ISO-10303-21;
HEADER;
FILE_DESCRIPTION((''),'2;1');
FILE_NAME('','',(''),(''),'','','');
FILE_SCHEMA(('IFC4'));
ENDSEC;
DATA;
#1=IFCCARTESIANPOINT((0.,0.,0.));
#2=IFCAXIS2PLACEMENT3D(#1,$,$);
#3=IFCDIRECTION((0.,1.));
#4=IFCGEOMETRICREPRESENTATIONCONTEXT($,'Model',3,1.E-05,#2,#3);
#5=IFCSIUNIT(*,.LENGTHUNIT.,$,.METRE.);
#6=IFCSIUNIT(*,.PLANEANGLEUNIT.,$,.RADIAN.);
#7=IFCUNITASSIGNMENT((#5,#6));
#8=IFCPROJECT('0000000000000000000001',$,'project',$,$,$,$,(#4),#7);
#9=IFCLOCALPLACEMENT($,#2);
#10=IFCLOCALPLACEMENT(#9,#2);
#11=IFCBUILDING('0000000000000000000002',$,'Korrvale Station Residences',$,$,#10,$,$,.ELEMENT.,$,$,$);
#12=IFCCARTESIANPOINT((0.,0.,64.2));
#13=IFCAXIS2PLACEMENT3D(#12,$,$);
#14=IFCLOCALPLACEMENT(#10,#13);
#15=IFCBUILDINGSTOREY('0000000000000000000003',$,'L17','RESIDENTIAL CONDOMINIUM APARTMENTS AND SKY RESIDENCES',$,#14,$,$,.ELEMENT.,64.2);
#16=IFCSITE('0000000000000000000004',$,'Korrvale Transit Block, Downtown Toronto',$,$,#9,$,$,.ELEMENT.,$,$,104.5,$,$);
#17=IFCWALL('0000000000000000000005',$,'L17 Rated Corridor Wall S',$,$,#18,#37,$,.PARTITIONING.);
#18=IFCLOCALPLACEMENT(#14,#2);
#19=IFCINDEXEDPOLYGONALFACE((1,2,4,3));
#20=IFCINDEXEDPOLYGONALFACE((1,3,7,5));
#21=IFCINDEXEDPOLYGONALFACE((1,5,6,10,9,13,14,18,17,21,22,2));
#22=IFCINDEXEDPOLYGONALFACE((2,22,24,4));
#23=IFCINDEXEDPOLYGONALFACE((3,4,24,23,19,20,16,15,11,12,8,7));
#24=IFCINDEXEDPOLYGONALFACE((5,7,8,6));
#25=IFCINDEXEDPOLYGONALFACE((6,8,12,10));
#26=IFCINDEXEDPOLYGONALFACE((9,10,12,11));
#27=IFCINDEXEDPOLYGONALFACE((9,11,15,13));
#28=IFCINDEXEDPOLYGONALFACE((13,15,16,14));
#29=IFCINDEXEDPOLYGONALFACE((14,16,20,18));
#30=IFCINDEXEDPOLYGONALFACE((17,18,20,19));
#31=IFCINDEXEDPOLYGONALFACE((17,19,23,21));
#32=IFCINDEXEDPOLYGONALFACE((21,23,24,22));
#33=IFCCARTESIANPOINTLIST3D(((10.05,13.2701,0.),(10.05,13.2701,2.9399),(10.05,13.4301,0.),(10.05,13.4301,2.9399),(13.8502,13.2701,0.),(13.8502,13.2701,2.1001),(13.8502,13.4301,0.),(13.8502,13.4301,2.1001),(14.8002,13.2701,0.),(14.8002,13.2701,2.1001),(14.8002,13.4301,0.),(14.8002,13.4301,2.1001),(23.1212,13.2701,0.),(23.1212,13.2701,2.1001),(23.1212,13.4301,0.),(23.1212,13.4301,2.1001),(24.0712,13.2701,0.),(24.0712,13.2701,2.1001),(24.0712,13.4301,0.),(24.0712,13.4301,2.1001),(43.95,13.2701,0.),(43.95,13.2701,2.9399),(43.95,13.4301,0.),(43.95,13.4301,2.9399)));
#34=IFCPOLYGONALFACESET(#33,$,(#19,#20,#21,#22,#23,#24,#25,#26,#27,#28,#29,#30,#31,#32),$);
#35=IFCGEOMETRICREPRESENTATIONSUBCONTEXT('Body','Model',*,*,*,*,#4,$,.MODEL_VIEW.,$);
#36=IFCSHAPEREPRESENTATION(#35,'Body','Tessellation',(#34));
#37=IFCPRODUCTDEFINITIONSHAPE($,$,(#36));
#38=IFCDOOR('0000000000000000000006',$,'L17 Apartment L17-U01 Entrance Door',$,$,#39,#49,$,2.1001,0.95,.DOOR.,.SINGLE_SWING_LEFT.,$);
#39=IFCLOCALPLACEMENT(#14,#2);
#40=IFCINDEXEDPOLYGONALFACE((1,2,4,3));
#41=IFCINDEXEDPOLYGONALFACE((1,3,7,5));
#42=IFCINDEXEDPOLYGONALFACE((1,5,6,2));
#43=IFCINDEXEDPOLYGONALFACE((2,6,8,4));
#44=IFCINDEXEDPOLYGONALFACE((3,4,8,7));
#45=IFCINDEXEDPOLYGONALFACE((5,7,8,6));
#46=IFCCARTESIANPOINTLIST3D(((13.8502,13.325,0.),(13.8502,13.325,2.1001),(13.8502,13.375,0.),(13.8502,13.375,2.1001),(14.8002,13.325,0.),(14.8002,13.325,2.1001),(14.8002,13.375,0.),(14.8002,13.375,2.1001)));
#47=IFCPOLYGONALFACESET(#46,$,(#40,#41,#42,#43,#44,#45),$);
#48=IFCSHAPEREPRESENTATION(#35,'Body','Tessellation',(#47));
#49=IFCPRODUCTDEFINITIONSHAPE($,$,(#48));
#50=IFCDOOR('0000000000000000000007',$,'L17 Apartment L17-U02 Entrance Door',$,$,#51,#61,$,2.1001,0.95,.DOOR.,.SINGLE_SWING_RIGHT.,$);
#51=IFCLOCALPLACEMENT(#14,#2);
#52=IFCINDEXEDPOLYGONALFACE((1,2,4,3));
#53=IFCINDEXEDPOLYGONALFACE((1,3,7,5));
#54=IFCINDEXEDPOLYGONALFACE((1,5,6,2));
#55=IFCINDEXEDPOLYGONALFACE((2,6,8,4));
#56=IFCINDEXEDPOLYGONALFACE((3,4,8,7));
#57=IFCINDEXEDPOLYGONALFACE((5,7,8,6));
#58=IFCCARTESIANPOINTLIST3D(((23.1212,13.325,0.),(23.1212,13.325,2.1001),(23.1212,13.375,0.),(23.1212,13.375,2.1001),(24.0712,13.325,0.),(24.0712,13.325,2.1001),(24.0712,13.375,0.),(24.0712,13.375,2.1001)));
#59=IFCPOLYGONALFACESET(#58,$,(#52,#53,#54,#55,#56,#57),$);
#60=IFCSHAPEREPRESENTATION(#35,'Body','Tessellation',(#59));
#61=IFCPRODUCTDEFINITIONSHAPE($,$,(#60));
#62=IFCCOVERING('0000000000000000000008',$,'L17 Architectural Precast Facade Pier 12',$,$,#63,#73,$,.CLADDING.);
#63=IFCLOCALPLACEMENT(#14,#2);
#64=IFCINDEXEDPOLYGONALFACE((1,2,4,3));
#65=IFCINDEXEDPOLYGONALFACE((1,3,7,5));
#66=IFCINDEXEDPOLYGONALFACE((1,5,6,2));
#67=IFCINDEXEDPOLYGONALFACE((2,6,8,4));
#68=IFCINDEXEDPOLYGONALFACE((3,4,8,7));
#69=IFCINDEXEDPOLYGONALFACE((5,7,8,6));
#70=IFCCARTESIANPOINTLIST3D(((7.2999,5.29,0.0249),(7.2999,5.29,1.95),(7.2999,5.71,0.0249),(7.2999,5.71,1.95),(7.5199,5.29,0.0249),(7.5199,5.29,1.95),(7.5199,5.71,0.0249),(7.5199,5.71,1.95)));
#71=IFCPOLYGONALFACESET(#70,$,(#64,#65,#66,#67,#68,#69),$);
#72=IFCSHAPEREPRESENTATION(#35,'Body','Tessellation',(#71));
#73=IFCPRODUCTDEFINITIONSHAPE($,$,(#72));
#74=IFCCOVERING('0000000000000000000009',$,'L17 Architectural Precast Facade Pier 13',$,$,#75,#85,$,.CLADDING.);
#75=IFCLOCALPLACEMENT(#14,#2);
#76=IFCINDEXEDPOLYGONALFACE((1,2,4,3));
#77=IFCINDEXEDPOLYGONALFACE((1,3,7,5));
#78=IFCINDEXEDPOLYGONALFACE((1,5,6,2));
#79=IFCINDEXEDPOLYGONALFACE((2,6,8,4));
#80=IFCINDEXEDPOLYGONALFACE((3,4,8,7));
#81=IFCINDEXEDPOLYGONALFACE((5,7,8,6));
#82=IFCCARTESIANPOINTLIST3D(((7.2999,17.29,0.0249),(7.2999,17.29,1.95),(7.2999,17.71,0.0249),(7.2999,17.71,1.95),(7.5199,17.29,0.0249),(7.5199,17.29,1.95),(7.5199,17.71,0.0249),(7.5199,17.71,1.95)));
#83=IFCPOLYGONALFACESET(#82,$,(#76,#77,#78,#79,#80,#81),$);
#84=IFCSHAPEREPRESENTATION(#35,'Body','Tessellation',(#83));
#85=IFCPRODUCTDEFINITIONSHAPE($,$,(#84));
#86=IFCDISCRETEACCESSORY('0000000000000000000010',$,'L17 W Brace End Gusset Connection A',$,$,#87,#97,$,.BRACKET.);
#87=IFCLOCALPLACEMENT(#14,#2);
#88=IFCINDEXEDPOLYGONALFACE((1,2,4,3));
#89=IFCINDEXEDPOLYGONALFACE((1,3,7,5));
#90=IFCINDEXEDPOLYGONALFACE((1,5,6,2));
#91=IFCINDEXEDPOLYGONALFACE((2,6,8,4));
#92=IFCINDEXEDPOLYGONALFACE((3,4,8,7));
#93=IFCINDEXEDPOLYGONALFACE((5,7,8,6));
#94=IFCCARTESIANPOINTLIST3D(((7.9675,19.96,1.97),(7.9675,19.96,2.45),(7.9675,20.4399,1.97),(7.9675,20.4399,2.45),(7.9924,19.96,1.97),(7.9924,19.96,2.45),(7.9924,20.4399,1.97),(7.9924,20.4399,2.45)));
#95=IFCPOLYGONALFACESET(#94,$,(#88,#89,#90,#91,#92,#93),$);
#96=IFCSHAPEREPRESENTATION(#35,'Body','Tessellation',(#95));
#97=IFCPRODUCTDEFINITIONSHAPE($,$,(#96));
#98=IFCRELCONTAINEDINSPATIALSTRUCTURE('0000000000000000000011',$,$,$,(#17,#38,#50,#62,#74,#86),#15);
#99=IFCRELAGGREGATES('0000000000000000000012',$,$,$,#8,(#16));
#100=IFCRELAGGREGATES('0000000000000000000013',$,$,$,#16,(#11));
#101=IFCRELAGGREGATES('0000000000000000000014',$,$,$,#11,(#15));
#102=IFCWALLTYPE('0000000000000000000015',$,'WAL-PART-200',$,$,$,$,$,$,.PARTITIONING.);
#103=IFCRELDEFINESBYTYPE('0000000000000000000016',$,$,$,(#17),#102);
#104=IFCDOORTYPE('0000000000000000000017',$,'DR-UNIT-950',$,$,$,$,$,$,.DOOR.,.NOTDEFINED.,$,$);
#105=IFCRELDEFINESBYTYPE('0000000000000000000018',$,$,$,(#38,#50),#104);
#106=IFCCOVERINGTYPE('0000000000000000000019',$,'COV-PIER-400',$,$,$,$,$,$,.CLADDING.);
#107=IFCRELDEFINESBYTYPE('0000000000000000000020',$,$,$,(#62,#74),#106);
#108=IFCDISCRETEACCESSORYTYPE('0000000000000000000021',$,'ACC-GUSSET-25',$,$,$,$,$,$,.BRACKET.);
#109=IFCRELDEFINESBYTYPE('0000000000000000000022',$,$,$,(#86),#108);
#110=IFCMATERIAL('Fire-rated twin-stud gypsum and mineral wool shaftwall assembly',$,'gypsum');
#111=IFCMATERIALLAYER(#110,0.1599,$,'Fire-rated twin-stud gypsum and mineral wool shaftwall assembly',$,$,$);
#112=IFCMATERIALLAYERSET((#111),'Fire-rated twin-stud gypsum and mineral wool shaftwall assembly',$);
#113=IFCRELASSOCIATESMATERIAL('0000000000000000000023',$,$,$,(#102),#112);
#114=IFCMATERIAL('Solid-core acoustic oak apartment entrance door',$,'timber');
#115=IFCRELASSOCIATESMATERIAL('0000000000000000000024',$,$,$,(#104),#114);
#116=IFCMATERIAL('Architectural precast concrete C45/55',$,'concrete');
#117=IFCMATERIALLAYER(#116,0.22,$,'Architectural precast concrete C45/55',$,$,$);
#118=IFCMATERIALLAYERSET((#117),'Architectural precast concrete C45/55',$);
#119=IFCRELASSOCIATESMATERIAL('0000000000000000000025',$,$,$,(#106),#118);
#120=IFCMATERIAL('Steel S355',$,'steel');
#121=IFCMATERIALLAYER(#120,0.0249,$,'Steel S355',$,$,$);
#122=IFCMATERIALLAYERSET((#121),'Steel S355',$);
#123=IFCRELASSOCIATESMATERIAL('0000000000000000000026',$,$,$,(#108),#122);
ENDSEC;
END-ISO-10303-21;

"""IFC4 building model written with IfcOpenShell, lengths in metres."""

from ifc_helpers import new_model, si_unit, direction, frame, frame_2d, origin, origin_2d, place, context, subcontext, project, spatial, rectangle, extrude, material, layer, layer_set, type_object, element, fill, save


model = new_model("IFC4")

# Units and contexts
model_context = context("Model", 3, precision=1e-05, world=origin(), true_north=direction((0.0, 1.0)))
body_context = subcontext(model_context, "Body", "Model", "MODEL_VIEW")
ifc_project = project(units=[si_unit("LENGTHUNIT", "METRE"), si_unit("PLANEANGLEUNIT", "RADIAN")], contexts=[model_context])

# Site, building, storey
site_placement = place(None, origin())
site = spatial("IfcSite", under=ifc_project, at=site_placement, Name="Korrvale Transit Block, Downtown Toronto", CompositionType="ELEMENT", RefElevation=104.5)
building_placement = place(site_placement, origin())
building = spatial("IfcBuilding", under=site, at=building_placement, Name="Korrvale Station Residences", CompositionType="ELEMENT")
storey_placement = place(building_placement, frame((0.0, 0.0, 64.2)))
storey = spatial("IfcBuildingStorey", under=building, at=storey_placement, Name="L17", Description="RESIDENTIAL CONDOMINIUM APARTMENTS AND SKY RESIDENCES", CompositionType="ELEMENT", Elevation=64.2)

# Shared definitions
ifc_material_1 = material(Name="Steel S355", Category="steel")

# Shared definitions
ifc_material_2 = material(Name="Fire-rated twin-stud gypsum and mineral wool shaftwall assembly", Category="gypsum")
ifc_layer_1 = layer(ifc_material_2, 0.1599, Name="Fire-rated twin-stud gypsum and mineral wool shaftwall assembly")
ifc_layer_set_1 = layer_set([ifc_layer_1], Name="Fire-rated twin-stud gypsum and mineral wool shaftwall assembly")
wall_type_1 = type_object("IfcWallType", Name="WAL-PART-200", PredefinedType="PARTITIONING", material=ifc_layer_set_1)

# Wall, openings, doors
wall_1_placement = place(storey_placement, frame((10.05, 13.3501, 0.0), z_axis=(0.0, 0.0, 1.0), x_axis=(1.0, 0.0, 0.0)))
wall_1 = element("IfcWall", 1, at=wall_1_placement, inside=storey, type_object=wall_type_1, Name="L17 Rated Corridor Wall S", PredefinedType="PARTITIONING", context=body_context, shape_type="SweptSolid", body=[
    extrude(rectangle(XDim=33.8999, YDim=0.1599, at=frame_2d((16.95, 0.0))), origin(), (0.0, 0.0, 1.0), 2.9399),
])
opening_1_placement = place(wall_1_placement, frame((3.8, 0.0, 0.0)))
opening_1 = element("IfcOpeningElement", 2, at=opening_1_placement, cuts=wall_1, PredefinedType="OPENING", context=body_context, shape_type="SweptSolid", body=[
    extrude(rectangle(XDim=0.95, YDim=2.1001, at=frame_2d((0.4751, 1.05))), frame((0.0, 0.0898, 0.0), z_axis=(0.0, -1.0, 0.0), x_axis=(1.0, 0.0, 0.0)), (0.0, 0.0, 1.0), 0.1799),
])
opening_2_placement = place(wall_1_placement, frame((13.071, 0.0, 0.0)))
opening_2 = element("IfcOpeningElement", 3, at=opening_2_placement, cuts=wall_1, PredefinedType="OPENING", context=body_context, shape_type="SweptSolid", body=[
    extrude(rectangle(XDim=0.95, YDim=2.1001, at=frame_2d((0.4751, 1.05))), frame((0.0, 0.0898, 0.0), z_axis=(0.0, -1.0, 0.0), x_axis=(1.0, 0.0, 0.0)), (0.0, 0.0, 1.0), 0.1799),
])
ifc_material_3 = material(Name="Solid-core acoustic oak apartment entrance door", Category="timber")
door_type_1 = type_object("IfcDoorType", Name="DR-UNIT-950", OperationType="NOTDEFINED", PredefinedType="DOOR", material=ifc_material_3)
door_1_placement = place(opening_1_placement, origin())
door_1 = element("IfcDoor", 4, at=door_1_placement, inside=storey, type_object=door_type_1, Name="L17 Apartment L17-U01 Entrance Door", OperationType="SINGLE_SWING_LEFT", OverallHeight=2.1001, OverallWidth=0.95, PredefinedType="DOOR", context=body_context, shape_type="SweptSolid", body=[
    extrude(rectangle(XDim=0.95, YDim=2.1001, at=frame_2d((0.4751, 1.05))), frame((0.0, 0.0249, 0.0), z_axis=(0.0, -1.0, 0.0), x_axis=(1.0, 0.0, 0.0)), (0.0, 0.0, 1.0), 0.05),
])
fill(opening_1, door_1)
door_2_placement = place(opening_2_placement, origin())
door_2 = element("IfcDoor", 5, at=door_2_placement, inside=storey, type_object=door_type_1, Name="L17 Apartment L17-U02 Entrance Door", OperationType="SINGLE_SWING_RIGHT", OverallHeight=2.1001, OverallWidth=0.95, PredefinedType="DOOR", context=body_context, shape_type="SweptSolid", body=[
    extrude(rectangle(XDim=0.95, YDim=2.1001, at=frame_2d((0.4751, 1.05))), frame((0.0, 0.0249, 0.0), z_axis=(0.0, -1.0, 0.0), x_axis=(1.0, 0.0, 0.0)), (0.0, 0.0, 1.0), 0.05),
])
fill(opening_2, door_2)

# Coverings
ifc_material_4 = material(Name="Architectural precast concrete C45/55", Category="concrete")
ifc_layer_2 = layer(ifc_material_4, 0.22, Name="Architectural precast concrete C45/55")
ifc_layer_set_2 = layer_set([ifc_layer_2], Name="Architectural precast concrete C45/55")
covering_type = type_object("IfcCoveringType", Name="COV-PIER-400", PredefinedType="CLADDING", material=ifc_layer_set_2)
for number, where, z_axis, x_axis, name in (
    (6, (7.4099, 5.5, 0.0249), (0.0, 0.0, 1.0), (0.0, 1.0, 0.0), "L17 Architectural Precast Facade Pier 12"),
    (7, (7.4099, 17.5, 0.0249), (0.0, 0.0, 1.0), (0.0, 1.0, 0.0), "L17 Architectural Precast Facade Pier 13"),
):
    element("IfcCovering", number, at=place(storey_placement, frame(where, z_axis=z_axis, x_axis=x_axis)), inside=storey, type_object=covering_type, Name=name, PredefinedType="CLADDING", context=body_context, shape_type="SweptSolid", body=[
        extrude(rectangle(XDim=0.4199, YDim=0.22, at=origin_2d()), origin(), (0.0, 0.0, 1.0), 1.925),
    ])

# Discrete accessory
ifc_layer_3 = layer(ifc_material_1, 0.0249, Name="Steel S355")
ifc_layer_set_3 = layer_set([ifc_layer_3], Name="Steel S355")
discrete_accessory_type = type_object("IfcDiscreteAccessoryType", Name="ACC-GUSSET-25", PredefinedType="BRACKET", material=ifc_layer_set_3)
discrete_accessory_placement = place(storey_placement, frame((7.98, 20.2, 1.97), z_axis=(0.0, 0.0, 1.0), x_axis=(0.0, 1.0, 0.0)))
element("IfcDiscreteAccessory", 8, at=discrete_accessory_placement, inside=storey, type_object=discrete_accessory_type, Name="L17 W Brace End Gusset Connection A", PredefinedType="BRACKET", context=body_context, shape_type="SweptSolid", body=[
    extrude(rectangle(XDim=0.48, YDim=0.0249, at=origin_2d()), origin(), (0.0, 0.0, 1.0), 0.48),
])

save(model, "model.ifc")
